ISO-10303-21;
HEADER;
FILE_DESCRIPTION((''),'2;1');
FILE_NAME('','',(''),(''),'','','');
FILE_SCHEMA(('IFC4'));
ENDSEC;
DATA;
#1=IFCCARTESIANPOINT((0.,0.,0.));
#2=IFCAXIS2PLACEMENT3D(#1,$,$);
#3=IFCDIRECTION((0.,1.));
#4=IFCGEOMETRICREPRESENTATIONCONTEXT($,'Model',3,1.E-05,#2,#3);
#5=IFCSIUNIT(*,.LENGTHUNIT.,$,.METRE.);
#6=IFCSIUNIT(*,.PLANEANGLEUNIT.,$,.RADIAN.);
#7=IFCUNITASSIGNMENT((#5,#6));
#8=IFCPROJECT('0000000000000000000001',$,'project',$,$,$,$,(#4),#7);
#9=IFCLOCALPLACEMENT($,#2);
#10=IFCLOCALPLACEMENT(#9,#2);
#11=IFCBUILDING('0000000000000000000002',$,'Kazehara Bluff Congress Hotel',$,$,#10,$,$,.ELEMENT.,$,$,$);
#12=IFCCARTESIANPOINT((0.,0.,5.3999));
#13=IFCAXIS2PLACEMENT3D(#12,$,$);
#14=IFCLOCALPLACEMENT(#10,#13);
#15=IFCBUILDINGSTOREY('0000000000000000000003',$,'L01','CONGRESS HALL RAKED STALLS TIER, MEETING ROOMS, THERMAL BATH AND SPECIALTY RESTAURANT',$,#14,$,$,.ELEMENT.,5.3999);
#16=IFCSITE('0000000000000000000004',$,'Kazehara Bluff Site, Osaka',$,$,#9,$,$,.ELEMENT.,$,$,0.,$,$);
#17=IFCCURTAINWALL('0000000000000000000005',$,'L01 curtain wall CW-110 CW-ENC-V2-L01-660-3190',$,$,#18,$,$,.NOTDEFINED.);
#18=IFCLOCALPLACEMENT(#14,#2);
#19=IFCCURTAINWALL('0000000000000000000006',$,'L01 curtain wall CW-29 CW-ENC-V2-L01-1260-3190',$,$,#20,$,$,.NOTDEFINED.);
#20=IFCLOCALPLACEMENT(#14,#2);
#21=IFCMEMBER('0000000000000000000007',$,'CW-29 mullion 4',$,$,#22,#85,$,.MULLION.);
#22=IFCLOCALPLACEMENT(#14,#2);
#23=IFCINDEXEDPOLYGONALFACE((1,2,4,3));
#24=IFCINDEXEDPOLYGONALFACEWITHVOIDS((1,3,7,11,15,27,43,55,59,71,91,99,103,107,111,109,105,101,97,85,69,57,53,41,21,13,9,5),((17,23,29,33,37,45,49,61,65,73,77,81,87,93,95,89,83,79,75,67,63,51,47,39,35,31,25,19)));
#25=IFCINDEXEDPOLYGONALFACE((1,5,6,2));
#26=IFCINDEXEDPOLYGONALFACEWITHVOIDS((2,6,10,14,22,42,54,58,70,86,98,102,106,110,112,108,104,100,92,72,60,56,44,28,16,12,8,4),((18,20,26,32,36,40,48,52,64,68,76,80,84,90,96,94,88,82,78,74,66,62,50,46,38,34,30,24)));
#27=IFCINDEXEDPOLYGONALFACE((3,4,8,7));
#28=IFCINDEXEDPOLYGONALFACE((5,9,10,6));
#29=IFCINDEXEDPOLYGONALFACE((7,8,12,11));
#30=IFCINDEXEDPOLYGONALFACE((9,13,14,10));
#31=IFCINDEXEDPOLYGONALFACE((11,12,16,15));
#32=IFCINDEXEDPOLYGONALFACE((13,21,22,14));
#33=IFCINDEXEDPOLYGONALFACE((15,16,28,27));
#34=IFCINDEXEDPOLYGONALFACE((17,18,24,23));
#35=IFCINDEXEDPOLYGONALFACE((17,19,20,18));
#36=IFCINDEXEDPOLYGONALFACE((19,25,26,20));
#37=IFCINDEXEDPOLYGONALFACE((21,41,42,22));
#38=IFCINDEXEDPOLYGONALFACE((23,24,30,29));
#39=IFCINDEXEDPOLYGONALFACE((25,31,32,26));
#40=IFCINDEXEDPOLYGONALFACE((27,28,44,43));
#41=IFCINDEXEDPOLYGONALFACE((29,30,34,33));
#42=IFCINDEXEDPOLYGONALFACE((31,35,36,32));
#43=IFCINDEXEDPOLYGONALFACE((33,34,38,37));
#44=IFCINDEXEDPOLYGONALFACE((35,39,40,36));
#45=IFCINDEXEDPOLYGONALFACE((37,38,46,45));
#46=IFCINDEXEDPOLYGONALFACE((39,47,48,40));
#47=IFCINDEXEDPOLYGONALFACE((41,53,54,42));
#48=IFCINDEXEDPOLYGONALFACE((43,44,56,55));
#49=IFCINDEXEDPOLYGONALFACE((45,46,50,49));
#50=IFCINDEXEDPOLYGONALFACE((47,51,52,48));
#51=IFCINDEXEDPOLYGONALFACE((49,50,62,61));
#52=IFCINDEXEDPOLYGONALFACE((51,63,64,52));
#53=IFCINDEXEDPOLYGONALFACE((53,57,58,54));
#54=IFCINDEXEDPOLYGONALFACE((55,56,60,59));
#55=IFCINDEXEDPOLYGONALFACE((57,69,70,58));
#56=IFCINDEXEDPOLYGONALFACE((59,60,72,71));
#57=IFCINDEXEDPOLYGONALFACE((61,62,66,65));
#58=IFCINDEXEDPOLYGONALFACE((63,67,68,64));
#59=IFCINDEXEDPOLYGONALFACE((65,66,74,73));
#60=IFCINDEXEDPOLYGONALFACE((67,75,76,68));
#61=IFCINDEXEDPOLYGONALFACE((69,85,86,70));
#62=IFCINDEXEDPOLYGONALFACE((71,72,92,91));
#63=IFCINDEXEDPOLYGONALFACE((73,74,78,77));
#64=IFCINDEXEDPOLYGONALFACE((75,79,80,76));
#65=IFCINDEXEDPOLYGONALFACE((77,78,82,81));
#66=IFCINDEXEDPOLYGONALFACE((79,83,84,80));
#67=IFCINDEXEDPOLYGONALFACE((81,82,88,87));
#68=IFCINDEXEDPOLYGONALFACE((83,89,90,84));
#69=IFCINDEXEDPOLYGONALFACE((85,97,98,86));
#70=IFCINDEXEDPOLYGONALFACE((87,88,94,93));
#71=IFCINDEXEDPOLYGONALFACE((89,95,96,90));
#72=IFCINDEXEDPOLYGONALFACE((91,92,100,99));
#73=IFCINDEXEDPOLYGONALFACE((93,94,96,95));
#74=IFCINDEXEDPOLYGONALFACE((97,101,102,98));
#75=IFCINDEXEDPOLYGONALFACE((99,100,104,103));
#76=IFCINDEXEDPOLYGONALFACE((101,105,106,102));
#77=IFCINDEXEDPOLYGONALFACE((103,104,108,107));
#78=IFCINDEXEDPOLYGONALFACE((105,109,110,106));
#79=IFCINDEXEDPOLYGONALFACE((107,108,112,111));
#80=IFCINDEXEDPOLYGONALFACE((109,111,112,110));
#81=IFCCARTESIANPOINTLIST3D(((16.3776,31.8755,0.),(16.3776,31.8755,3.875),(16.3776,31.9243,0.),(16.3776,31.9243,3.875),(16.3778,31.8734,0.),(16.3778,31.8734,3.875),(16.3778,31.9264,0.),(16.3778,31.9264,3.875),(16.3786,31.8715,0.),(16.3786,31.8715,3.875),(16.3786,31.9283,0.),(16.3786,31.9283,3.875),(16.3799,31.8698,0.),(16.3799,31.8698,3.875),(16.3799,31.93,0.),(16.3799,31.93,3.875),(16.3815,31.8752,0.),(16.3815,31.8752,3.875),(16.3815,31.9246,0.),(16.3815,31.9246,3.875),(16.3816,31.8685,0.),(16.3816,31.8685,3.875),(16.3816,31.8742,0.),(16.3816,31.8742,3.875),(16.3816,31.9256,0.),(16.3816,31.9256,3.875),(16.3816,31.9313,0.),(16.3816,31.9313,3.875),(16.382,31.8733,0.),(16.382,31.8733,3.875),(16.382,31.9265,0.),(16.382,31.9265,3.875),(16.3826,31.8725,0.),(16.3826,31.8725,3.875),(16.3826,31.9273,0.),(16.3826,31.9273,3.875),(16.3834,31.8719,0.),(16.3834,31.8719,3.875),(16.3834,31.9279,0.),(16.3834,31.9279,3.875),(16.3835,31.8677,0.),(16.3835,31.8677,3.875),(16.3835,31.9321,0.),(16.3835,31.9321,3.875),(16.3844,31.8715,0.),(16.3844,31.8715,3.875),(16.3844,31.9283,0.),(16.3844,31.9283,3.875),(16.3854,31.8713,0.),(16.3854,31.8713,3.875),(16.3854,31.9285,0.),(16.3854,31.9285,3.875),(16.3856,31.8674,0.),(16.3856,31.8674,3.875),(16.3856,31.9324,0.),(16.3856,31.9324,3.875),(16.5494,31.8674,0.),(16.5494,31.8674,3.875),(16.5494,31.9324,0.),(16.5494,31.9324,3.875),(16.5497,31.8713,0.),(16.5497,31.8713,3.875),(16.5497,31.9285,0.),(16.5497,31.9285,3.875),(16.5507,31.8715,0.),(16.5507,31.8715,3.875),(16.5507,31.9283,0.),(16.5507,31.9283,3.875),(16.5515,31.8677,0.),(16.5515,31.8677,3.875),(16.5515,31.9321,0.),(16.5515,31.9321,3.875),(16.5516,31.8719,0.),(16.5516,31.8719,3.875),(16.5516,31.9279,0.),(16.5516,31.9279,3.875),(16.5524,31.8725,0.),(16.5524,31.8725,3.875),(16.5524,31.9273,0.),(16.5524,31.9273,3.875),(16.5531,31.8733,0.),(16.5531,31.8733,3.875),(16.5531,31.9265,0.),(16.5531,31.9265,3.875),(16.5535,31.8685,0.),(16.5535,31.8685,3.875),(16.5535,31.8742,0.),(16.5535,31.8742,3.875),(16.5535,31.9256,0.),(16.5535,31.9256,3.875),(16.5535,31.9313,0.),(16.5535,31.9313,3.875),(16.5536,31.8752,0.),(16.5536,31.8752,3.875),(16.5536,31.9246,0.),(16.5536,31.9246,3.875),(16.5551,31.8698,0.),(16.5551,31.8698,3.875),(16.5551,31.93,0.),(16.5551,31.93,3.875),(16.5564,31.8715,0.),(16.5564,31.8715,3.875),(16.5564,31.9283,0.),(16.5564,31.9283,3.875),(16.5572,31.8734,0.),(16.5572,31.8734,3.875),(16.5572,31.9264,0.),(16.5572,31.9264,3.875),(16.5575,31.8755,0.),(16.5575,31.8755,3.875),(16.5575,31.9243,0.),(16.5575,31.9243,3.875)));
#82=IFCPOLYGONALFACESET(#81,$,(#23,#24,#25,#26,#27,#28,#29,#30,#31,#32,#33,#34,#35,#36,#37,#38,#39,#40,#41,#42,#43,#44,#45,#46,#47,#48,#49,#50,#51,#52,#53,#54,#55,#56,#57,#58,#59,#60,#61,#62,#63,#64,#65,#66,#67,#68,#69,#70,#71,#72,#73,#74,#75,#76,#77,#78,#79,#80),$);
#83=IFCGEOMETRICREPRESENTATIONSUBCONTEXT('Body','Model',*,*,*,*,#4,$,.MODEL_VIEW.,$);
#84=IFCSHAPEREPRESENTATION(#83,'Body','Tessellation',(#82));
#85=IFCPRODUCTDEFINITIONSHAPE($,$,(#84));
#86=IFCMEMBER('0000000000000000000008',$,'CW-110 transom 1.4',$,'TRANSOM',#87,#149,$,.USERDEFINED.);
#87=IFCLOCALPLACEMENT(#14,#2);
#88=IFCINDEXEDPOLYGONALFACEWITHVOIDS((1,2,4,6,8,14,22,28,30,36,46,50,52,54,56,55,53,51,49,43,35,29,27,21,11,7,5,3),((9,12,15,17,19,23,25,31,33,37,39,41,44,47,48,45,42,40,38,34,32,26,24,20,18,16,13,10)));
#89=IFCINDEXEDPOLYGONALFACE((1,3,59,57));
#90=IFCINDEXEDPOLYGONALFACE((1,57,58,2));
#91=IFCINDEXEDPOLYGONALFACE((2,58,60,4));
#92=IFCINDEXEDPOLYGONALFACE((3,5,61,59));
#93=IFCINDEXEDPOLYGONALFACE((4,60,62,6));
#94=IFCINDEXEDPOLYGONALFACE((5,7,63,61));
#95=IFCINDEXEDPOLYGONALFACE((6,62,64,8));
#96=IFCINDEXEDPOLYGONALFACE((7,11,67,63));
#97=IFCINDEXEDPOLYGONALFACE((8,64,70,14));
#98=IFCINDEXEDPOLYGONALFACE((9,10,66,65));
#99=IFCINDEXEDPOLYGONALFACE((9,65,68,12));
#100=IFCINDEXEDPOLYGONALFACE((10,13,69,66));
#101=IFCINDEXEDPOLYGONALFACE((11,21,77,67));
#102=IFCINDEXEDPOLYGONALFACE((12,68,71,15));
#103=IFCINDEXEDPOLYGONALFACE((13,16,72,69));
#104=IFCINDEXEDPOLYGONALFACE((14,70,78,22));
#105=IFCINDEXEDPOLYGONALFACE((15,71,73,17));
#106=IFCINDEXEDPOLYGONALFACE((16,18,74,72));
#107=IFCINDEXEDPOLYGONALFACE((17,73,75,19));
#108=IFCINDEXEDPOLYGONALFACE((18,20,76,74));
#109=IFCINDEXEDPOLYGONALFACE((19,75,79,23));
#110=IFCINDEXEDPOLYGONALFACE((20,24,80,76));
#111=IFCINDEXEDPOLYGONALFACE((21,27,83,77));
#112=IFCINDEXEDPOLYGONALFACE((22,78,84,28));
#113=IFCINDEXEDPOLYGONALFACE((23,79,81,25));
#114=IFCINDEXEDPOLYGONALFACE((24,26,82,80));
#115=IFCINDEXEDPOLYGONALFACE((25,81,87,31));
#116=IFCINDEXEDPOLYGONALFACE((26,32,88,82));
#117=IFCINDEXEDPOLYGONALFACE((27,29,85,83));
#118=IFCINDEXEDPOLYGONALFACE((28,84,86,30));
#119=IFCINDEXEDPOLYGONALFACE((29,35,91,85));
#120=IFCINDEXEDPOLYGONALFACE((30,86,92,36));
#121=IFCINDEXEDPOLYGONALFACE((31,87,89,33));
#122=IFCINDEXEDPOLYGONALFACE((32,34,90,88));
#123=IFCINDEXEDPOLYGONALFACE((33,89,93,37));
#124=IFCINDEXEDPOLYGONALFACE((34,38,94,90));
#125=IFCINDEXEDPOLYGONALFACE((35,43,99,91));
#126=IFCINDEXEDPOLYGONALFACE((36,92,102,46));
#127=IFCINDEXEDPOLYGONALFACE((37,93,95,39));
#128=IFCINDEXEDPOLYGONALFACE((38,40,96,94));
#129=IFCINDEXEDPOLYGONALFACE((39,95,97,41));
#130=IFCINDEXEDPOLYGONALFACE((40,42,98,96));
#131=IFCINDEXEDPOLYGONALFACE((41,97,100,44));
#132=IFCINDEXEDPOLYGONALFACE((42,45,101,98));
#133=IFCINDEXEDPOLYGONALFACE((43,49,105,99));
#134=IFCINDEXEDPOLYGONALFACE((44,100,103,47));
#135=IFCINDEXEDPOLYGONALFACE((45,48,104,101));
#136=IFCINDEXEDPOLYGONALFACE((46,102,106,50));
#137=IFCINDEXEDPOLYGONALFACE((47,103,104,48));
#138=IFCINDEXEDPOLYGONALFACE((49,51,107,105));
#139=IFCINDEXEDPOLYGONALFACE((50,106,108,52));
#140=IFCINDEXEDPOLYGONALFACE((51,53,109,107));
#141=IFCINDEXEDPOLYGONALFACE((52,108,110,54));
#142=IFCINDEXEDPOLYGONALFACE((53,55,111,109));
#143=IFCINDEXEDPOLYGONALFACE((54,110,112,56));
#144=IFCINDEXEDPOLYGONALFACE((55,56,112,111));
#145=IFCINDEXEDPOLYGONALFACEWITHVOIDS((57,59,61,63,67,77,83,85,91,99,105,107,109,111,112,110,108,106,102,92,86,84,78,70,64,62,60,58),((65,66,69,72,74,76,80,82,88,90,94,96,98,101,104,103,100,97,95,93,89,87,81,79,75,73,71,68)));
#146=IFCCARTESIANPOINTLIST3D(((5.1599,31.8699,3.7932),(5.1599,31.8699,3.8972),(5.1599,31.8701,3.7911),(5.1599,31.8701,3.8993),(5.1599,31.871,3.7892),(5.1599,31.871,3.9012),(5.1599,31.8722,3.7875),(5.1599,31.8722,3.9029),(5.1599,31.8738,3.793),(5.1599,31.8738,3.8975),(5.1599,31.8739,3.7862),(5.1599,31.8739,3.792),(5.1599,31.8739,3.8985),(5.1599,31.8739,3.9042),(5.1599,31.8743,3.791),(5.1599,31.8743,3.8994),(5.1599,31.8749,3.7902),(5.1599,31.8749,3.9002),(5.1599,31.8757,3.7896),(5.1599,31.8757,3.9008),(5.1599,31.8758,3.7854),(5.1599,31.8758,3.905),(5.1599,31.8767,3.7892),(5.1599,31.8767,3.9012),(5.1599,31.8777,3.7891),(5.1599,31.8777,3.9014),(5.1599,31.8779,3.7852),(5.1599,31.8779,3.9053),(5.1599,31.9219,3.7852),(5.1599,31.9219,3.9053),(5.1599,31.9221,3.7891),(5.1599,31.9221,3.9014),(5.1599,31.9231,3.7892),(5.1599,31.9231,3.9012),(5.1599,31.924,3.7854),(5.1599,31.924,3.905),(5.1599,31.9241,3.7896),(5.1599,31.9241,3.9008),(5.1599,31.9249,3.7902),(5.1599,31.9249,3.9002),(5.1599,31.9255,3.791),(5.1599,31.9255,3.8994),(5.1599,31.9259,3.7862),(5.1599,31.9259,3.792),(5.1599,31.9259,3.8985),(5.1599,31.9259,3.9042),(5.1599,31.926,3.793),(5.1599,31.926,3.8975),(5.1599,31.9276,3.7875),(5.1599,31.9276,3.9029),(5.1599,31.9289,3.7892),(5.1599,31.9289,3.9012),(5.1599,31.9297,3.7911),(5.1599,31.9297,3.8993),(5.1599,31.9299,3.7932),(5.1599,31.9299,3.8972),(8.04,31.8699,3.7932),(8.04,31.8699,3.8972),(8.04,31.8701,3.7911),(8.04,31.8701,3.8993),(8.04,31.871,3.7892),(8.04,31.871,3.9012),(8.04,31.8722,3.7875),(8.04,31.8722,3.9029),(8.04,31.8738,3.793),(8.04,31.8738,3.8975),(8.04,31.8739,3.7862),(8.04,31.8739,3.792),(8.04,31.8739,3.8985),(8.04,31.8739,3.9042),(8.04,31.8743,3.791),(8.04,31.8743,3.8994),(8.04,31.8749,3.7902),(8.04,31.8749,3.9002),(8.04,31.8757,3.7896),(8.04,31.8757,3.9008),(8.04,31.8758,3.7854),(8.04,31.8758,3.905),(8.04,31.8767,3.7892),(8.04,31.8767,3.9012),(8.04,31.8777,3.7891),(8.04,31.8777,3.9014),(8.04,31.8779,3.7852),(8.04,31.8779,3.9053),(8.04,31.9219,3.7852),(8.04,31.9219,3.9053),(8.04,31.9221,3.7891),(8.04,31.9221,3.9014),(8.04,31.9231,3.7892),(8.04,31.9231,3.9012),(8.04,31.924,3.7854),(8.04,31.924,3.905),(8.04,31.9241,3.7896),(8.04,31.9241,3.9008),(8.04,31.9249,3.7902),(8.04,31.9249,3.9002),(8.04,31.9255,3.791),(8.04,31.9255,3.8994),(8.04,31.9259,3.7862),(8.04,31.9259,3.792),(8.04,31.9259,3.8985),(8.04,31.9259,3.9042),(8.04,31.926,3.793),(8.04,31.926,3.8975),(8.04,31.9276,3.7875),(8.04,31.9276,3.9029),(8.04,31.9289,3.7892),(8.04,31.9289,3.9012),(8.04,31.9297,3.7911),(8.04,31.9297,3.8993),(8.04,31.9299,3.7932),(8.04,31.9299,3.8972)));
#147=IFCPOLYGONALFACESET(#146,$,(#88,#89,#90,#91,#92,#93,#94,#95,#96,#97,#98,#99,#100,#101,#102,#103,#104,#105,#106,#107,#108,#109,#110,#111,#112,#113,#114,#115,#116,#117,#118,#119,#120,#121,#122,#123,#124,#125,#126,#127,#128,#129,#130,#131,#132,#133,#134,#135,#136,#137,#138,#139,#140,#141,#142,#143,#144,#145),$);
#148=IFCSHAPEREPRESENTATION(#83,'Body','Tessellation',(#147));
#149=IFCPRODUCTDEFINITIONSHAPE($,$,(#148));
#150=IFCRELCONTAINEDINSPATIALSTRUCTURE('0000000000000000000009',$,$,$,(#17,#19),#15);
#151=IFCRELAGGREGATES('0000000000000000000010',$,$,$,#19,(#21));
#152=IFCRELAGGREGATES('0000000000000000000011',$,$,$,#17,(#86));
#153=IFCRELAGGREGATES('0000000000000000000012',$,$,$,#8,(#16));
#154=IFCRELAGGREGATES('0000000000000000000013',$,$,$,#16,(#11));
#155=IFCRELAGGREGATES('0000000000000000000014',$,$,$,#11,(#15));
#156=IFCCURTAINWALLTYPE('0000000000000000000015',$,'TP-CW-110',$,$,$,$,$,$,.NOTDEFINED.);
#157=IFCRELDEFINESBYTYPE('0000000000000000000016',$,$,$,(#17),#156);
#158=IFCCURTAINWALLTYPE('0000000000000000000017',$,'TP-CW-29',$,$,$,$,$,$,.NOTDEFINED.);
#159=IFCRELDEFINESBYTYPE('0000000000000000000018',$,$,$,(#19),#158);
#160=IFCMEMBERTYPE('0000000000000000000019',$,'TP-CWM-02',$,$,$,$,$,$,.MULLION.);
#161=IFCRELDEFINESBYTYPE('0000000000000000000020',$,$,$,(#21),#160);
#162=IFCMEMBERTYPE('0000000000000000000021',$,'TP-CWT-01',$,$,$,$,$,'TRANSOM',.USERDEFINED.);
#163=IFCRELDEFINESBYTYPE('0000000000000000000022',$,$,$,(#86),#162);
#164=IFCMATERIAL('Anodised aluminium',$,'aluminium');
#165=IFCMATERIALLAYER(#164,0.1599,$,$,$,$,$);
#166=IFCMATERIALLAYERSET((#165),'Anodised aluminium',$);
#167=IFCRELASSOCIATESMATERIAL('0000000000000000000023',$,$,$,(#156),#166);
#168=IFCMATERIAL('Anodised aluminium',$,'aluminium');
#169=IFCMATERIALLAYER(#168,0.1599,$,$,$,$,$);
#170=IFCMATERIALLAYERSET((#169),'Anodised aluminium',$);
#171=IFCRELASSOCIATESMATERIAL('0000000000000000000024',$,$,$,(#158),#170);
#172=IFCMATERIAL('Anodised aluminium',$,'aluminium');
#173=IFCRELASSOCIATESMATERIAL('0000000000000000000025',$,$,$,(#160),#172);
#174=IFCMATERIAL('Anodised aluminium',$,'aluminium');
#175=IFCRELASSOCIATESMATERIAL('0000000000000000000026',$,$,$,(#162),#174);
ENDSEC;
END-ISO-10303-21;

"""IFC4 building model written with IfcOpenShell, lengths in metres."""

from ifc_helpers import new_model, si_unit, direction, frame, origin, origin_2d, place, context, subcontext, project, spatial, hollow_rectangle, extrude, material, layer, layer_set, material_profile, profile_set, type_object, element, aggregate, save


model = new_model("IFC4")

# Units and contexts
model_context = context("Model", 3, precision=1e-05, world=origin(), true_north=direction((0.0, 1.0)))
body_context = subcontext(model_context, "Body", "Model", "MODEL_VIEW")
ifc_project = project(units=[si_unit("LENGTHUNIT", "METRE"), si_unit("PLANEANGLEUNIT", "RADIAN")], contexts=[model_context])

# Site, building, storey
site_placement = place(None, origin())
site = spatial("IfcSite", under=ifc_project, at=site_placement, Name="Kazehara Bluff Site, Osaka", CompositionType="ELEMENT", RefElevation=0.0)
building_placement = place(site_placement, origin())
building = spatial("IfcBuilding", under=site, at=building_placement, Name="Kazehara Bluff Congress Hotel", CompositionType="ELEMENT")
storey_placement = place(building_placement, frame((0.0, 0.0, 5.3999)))
storey = spatial("IfcBuildingStorey", under=building, at=storey_placement, Name="L01", Description="CONGRESS HALL RAKED STALLS TIER, MEETING ROOMS, THERMAL BATH AND SPECIALTY RESTAURANT", CompositionType="ELEMENT", Elevation=5.3999)

# Curtain wall
ifc_material_1 = material(Name="Anodised aluminium", Category="aluminium")
ifc_layer_1 = layer(ifc_material_1, 0.1599)
ifc_layer_set_1 = layer_set([ifc_layer_1], Name="Anodised aluminium")
curtain_wall_type_1 = type_object("IfcCurtainWallType", Name="TP-CW-110", PredefinedType="NOTDEFINED", material=ifc_layer_set_1)
curtain_wall_1_placement = place(storey_placement, origin())
curtain_wall_1 = element("IfcCurtainWall", 1, at=curtain_wall_1_placement, inside=storey, type_object=curtain_wall_type_1, Name="L01 curtain wall CW-110 CW-ENC-V2-L01-660-3190", PredefinedType="NOTDEFINED")

# Curtain wall, member
ifc_material_2 = material(Name="Anodised aluminium", Category="aluminium")
ifc_layer_2 = layer(ifc_material_2, 0.1599)
ifc_layer_set_2 = layer_set([ifc_layer_2], Name="Anodised aluminium")
curtain_wall_type_2 = type_object("IfcCurtainWallType", Name="TP-CW-29", PredefinedType="NOTDEFINED", material=ifc_layer_set_2)
curtain_wall_2_placement = place(storey_placement, origin())
curtain_wall_2 = element("IfcCurtainWall", 2, at=curtain_wall_2_placement, inside=storey, type_object=curtain_wall_type_2, Name="L01 curtain wall CW-29 CW-ENC-V2-L01-1260-3190", PredefinedType="NOTDEFINED")
ifc_material_3 = material(Name="Anodised aluminium", Category="aluminium")
ifc_material_profile_1 = material_profile(ifc_material_3, hollow_rectangle(XDim=0.0649, YDim=0.1799, WallThickness=0.0039, InnerFilletRadius=0.0039, OuterFilletRadius=0.0081, at=origin_2d()))
ifc_profile_set_1 = profile_set([ifc_material_profile_1], Name="Anodised aluminium")
member_type_1 = type_object("IfcMemberType", Name="TP-CWM-02", PredefinedType="MULLION", material=ifc_profile_set_1)
member_1_placement = place(storey_placement, frame((16.4675, 31.8999, 0.0), z_axis=(0.0, 0.0, 1.0), x_axis=(0.0, 1.0, 0.0)))
member_1 = element("IfcMember", 3, at=member_1_placement, type_object=member_type_1, Name="CW-29 mullion 4", PredefinedType="MULLION", context=body_context, shape_type="SweptSolid", body=[
    extrude(hollow_rectangle(XDim=0.0649, YDim=0.1799, WallThickness=0.0039, InnerFilletRadius=0.0039, OuterFilletRadius=0.0081, at=origin_2d()), origin(), (0.0, 0.0, 1.0), 3.875),
])

# Member
ifc_material_4 = material(Name="Anodised aluminium", Category="aluminium")
ifc_material_profile_2 = material_profile(ifc_material_4, hollow_rectangle(XDim=0.0601, YDim=0.1201, WallThickness=0.0039, InnerFilletRadius=0.0039, OuterFilletRadius=0.0081, at=origin_2d()))
ifc_profile_set_2 = profile_set([ifc_material_profile_2], Name="Anodised aluminium")
member_type_2 = type_object("IfcMemberType", Name="TP-CWT-01", ElementType="TRANSOM", PredefinedType="USERDEFINED", material=ifc_profile_set_2)
member_2_placement = place(storey_placement, frame((5.1599, 31.8999, 3.8452), z_axis=(1.0, 0.0, 0.0), x_axis=(0.0, 1.0, 0.0)))
member_2 = element("IfcMember", 4, at=member_2_placement, type_object=member_type_2, Name="CW-110 transom 1.4", ObjectType="TRANSOM", PredefinedType="USERDEFINED", context=body_context, shape_type="SweptSolid", body=[
    extrude(hollow_rectangle(XDim=0.0601, YDim=0.1201, WallThickness=0.0039, InnerFilletRadius=0.0039, OuterFilletRadius=0.0081, at=origin_2d()), origin(), (0.0, 0.0, 1.0), 2.8801),
])

aggregate(curtain_wall_2, [member_1])
aggregate(curtain_wall_1, [member_2])

save(model, "model.ifc")
